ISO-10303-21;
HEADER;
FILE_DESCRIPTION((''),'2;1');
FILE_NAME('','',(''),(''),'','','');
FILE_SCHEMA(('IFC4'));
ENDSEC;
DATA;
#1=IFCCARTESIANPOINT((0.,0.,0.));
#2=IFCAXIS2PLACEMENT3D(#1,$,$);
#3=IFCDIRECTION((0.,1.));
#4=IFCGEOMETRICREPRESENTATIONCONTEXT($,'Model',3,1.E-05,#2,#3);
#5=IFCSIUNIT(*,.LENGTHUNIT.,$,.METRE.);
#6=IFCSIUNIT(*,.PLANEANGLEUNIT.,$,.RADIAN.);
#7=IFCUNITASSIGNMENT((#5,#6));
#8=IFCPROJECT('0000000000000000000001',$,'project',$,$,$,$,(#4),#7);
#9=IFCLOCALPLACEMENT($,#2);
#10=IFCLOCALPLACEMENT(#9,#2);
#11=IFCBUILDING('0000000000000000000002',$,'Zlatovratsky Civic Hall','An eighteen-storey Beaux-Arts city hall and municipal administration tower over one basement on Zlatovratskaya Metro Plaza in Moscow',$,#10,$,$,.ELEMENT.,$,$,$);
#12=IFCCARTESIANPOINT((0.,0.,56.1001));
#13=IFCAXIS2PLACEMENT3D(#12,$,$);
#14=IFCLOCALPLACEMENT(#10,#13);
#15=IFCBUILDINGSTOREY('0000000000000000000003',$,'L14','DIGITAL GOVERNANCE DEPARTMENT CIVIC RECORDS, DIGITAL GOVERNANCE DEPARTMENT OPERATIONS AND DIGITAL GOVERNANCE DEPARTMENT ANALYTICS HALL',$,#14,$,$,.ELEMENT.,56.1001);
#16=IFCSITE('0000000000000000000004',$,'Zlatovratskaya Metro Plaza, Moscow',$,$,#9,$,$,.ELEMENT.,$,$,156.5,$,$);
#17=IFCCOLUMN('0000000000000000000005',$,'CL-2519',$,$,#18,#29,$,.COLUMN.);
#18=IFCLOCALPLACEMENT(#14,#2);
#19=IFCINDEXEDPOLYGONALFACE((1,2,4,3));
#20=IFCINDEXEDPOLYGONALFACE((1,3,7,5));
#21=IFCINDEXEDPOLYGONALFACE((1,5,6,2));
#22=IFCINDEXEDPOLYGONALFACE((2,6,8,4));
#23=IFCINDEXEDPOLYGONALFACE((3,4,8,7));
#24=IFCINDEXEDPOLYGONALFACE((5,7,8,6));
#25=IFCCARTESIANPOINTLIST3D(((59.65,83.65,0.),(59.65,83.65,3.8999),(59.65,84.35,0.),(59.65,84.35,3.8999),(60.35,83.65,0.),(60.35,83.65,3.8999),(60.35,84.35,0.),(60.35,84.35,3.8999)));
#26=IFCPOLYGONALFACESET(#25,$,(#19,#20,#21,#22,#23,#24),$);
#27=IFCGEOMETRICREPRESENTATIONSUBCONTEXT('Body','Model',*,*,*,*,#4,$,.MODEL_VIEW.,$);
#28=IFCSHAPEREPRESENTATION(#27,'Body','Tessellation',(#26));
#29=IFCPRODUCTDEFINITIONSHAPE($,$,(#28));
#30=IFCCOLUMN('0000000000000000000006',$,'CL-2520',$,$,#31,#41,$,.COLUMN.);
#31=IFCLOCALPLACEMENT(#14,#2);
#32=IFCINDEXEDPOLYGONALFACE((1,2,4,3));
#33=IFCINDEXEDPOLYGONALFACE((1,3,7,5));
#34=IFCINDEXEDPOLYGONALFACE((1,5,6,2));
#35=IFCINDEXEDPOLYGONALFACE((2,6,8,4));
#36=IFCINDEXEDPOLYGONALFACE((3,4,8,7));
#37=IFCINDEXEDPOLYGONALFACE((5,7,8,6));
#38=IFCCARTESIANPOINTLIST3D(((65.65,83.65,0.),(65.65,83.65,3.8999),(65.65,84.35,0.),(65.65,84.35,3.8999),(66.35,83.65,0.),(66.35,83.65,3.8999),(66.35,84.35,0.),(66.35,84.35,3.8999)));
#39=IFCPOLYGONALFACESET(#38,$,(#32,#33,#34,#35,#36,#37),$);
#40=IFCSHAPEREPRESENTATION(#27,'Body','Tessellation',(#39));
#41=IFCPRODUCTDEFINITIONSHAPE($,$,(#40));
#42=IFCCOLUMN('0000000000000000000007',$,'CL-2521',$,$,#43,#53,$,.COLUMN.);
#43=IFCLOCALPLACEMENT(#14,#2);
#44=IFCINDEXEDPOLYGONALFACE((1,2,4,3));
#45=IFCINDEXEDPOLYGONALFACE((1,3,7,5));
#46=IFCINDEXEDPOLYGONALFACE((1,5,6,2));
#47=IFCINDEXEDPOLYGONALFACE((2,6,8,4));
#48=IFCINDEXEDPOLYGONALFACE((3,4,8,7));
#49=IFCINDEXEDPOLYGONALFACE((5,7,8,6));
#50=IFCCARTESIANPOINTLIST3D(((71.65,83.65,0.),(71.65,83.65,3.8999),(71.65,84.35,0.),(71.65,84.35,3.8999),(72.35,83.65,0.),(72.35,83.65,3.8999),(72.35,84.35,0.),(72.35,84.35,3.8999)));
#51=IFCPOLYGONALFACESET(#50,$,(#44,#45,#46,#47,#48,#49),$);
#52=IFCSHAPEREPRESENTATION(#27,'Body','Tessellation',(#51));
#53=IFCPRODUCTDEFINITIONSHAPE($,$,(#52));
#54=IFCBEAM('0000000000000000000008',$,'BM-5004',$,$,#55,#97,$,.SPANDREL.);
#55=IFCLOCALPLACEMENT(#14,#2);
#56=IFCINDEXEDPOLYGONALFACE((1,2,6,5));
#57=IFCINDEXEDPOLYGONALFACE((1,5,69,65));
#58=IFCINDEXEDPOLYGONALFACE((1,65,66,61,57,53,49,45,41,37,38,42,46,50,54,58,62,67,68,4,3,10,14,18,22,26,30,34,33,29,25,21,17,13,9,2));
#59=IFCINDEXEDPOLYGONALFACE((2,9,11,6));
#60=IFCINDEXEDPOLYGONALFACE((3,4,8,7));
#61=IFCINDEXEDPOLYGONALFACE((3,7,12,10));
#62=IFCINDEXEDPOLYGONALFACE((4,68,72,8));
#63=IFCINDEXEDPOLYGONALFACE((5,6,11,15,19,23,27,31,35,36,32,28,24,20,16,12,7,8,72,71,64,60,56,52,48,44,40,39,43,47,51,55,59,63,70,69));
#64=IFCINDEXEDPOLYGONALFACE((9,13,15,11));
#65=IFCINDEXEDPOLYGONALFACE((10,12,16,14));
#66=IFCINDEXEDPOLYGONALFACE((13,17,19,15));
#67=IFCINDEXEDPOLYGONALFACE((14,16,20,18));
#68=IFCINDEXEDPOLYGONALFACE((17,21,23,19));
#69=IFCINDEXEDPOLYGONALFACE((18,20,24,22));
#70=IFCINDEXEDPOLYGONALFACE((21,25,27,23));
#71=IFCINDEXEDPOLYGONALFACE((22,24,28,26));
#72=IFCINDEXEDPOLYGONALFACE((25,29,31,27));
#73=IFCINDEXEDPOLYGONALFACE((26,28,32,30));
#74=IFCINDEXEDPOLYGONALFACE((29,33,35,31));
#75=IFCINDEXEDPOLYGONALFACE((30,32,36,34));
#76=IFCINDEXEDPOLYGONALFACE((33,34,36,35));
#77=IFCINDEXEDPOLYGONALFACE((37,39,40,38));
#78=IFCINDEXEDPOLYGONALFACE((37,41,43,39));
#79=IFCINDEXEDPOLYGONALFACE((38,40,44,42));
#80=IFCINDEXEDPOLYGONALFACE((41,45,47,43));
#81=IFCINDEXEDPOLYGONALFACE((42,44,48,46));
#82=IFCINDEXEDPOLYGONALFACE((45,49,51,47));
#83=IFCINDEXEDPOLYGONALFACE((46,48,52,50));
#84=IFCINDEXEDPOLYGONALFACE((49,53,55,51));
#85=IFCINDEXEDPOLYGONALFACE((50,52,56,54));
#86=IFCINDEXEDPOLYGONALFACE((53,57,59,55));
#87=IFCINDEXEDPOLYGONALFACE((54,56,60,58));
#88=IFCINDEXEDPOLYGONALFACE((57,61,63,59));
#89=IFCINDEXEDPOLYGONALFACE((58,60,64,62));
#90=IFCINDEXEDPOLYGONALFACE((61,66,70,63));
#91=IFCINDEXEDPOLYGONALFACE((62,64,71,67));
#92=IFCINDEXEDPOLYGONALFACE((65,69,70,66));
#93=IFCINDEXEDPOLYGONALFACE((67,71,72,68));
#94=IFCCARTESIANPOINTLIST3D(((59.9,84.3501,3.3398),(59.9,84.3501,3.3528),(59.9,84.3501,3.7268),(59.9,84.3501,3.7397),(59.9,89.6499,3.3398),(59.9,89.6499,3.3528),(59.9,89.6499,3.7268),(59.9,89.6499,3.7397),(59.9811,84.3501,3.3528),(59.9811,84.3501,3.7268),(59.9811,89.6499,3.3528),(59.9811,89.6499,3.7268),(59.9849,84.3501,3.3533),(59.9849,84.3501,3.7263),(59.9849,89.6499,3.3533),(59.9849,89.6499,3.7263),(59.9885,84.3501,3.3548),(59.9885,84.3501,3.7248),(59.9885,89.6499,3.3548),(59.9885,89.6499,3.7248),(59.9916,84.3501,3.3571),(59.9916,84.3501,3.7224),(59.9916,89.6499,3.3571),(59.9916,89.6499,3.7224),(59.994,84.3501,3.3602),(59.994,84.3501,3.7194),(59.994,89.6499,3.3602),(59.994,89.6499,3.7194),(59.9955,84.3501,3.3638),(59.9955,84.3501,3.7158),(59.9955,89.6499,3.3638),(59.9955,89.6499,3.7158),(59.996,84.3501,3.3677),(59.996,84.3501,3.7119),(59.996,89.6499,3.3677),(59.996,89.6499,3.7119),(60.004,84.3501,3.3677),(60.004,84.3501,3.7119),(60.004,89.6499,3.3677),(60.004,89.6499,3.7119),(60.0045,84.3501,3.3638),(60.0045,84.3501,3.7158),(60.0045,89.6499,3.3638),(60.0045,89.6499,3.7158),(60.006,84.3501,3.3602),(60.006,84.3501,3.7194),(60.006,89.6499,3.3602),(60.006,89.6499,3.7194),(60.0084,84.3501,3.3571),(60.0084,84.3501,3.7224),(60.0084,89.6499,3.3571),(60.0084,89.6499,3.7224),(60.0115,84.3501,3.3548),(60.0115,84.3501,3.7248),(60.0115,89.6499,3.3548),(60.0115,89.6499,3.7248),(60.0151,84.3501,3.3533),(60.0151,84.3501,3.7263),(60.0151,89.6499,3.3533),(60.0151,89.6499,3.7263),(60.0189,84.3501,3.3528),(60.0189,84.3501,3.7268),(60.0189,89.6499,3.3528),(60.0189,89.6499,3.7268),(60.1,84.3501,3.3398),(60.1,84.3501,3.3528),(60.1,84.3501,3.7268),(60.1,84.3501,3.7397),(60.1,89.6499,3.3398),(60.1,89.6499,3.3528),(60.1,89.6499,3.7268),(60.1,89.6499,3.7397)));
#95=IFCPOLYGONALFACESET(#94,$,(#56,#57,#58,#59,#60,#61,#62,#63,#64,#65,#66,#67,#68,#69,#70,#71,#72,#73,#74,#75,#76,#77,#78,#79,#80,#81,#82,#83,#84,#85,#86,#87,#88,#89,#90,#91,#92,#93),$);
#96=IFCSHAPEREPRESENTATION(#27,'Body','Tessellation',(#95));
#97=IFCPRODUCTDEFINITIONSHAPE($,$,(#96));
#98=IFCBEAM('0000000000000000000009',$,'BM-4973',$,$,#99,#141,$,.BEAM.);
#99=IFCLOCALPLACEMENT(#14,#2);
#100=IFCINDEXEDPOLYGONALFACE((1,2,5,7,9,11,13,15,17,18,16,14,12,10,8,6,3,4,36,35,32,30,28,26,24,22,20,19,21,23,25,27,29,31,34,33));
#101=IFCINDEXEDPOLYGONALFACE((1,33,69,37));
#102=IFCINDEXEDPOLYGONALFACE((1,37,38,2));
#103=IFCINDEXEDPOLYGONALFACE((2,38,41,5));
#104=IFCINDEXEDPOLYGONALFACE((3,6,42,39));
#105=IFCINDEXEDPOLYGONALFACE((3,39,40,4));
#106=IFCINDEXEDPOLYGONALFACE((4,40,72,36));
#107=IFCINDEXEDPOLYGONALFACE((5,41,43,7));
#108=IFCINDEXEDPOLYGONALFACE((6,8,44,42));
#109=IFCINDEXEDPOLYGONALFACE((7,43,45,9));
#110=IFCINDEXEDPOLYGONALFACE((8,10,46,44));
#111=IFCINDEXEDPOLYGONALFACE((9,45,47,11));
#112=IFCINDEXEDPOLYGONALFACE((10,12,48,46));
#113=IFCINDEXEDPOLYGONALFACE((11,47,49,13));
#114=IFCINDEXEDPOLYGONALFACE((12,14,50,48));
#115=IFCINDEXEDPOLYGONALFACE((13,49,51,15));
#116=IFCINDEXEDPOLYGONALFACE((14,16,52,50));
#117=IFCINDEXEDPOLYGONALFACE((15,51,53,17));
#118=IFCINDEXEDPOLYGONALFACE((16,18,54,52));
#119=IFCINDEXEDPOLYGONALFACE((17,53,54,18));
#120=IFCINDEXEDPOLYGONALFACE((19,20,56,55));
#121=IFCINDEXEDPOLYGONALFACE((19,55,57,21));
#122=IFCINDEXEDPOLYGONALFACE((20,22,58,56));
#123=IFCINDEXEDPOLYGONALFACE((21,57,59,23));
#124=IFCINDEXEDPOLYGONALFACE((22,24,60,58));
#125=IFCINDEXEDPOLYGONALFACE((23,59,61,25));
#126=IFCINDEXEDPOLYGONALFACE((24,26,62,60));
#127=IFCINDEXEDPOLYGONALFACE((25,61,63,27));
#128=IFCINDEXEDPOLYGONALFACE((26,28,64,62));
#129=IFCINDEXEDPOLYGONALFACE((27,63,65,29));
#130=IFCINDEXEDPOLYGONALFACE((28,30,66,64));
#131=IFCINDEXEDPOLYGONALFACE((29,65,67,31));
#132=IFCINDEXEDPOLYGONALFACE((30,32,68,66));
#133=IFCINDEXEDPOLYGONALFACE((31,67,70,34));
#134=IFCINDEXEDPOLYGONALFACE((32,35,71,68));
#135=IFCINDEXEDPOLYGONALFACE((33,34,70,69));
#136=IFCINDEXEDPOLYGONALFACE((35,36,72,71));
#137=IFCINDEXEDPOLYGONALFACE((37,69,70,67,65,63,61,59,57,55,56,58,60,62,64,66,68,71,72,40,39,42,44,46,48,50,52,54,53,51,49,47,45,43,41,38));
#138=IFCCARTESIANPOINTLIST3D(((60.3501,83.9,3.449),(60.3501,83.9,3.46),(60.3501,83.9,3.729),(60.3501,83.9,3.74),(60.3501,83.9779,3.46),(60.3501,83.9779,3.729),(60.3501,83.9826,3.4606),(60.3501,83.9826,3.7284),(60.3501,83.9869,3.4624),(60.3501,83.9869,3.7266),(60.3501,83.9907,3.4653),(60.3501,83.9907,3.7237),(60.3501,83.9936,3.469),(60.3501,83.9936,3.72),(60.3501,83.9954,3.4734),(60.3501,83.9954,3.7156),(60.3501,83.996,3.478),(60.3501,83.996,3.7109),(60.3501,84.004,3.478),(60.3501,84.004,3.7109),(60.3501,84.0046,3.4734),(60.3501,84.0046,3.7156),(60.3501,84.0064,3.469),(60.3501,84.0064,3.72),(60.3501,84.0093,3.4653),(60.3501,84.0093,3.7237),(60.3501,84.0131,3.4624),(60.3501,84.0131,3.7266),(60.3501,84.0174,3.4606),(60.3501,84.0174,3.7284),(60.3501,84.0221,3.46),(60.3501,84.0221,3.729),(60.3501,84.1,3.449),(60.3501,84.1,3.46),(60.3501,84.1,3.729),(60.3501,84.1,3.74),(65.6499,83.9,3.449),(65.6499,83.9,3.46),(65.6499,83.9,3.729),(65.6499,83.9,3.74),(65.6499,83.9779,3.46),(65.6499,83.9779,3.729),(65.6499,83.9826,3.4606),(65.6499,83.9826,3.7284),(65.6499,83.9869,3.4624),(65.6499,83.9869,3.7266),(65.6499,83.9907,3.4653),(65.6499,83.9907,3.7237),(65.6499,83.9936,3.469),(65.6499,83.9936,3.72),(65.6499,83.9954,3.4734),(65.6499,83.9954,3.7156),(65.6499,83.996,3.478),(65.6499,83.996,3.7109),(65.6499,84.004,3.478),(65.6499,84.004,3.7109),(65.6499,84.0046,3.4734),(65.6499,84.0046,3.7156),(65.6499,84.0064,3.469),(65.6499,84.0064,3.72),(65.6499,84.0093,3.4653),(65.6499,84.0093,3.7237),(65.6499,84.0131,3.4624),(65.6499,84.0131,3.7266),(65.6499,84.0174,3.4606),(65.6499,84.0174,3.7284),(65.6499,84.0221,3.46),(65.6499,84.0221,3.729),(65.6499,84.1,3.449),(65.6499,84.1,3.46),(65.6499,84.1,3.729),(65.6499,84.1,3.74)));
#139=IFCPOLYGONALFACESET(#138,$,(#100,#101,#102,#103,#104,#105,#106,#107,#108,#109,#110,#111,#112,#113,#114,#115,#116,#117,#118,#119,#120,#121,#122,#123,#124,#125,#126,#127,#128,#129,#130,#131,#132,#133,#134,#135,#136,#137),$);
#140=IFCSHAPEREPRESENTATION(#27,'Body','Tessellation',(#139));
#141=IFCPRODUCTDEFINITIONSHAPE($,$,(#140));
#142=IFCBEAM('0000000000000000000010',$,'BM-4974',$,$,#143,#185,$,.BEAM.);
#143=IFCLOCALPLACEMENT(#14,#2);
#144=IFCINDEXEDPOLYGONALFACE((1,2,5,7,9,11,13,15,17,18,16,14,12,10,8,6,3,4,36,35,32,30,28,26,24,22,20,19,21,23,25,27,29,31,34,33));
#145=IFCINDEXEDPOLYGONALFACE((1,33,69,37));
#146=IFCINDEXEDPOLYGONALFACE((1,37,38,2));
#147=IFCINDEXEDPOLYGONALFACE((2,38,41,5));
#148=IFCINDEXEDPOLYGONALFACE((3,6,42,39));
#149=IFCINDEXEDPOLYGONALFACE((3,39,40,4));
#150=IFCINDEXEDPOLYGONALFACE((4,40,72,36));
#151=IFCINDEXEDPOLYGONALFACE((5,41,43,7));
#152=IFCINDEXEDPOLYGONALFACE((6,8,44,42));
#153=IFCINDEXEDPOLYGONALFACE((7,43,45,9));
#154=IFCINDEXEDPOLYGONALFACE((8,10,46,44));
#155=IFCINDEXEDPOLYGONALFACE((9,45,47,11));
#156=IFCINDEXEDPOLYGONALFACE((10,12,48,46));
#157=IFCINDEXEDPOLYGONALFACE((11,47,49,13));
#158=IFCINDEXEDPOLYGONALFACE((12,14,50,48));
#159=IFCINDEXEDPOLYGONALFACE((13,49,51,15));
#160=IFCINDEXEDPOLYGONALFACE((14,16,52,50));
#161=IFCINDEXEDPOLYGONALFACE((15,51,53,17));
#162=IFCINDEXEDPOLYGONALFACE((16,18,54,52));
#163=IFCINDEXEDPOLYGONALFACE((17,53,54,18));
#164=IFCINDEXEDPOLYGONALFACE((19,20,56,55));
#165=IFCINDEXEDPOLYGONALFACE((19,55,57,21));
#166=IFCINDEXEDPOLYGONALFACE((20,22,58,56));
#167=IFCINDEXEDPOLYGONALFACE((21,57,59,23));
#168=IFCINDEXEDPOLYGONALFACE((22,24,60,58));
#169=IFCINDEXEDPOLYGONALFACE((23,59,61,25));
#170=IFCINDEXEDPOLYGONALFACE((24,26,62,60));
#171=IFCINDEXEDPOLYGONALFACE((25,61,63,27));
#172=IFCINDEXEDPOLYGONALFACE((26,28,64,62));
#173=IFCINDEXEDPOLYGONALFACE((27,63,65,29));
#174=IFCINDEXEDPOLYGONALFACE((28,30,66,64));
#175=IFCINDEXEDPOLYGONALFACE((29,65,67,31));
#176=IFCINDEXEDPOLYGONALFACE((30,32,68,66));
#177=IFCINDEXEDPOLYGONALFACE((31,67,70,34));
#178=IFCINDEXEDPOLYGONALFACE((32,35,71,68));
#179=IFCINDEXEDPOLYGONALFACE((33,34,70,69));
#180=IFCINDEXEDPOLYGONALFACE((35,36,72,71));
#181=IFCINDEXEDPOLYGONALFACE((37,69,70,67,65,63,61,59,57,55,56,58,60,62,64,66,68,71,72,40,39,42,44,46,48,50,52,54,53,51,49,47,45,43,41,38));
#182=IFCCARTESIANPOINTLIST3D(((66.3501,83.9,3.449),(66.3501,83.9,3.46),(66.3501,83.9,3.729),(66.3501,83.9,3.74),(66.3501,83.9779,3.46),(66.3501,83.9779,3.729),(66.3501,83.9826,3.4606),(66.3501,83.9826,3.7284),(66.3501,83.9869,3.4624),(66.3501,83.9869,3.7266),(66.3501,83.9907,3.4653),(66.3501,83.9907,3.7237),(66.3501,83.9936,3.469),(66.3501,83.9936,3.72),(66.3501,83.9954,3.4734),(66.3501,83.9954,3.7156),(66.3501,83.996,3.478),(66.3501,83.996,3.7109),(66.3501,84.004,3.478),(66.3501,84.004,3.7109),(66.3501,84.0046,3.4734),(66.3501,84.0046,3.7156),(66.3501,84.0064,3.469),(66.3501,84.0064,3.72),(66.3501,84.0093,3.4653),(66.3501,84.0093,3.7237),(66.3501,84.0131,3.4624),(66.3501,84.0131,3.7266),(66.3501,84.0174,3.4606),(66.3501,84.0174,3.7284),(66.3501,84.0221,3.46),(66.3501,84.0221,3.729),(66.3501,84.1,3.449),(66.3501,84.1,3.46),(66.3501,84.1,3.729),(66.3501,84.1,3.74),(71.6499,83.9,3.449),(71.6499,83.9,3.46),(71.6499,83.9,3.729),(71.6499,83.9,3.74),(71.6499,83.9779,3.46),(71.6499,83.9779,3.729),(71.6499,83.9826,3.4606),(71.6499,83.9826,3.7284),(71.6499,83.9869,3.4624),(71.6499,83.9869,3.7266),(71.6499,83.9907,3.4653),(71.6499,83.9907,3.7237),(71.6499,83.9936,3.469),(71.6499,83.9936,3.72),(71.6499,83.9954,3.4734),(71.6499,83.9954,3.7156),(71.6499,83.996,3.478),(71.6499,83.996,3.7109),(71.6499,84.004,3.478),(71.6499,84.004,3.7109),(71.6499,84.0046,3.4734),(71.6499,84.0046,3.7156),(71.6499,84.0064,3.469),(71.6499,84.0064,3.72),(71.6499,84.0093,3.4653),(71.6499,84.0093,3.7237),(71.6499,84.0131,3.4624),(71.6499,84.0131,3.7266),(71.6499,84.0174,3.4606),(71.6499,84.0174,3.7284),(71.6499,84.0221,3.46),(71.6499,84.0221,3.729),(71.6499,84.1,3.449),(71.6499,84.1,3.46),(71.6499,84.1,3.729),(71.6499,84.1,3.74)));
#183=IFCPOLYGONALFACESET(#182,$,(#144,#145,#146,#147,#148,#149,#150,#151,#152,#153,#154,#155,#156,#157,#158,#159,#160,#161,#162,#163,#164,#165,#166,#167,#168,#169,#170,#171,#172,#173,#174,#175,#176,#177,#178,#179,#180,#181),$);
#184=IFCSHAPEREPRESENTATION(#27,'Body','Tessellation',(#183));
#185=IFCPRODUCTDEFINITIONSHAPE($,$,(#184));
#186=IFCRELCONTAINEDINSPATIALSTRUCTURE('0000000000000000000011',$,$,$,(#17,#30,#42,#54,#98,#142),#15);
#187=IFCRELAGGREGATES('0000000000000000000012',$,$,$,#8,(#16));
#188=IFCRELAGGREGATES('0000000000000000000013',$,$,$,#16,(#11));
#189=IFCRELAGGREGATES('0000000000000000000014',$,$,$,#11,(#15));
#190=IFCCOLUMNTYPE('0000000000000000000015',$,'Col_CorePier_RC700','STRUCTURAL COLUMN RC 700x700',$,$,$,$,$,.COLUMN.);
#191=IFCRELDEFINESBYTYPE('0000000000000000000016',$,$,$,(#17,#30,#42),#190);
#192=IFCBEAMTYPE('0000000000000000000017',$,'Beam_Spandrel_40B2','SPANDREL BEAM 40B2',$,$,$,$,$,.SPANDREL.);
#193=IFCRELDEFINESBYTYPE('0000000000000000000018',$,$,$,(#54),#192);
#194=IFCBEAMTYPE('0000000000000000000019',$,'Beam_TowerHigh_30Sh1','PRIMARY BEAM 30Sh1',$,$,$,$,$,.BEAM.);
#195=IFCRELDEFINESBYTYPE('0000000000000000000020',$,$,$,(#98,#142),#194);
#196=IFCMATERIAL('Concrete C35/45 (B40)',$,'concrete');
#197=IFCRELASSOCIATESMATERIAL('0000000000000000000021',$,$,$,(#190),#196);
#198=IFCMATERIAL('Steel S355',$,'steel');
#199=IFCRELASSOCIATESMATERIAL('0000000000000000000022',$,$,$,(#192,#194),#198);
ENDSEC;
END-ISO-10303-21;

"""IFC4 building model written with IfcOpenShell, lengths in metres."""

from ifc_helpers import new_model, si_unit, direction, frame, origin, origin_2d, place, context, subcontext, project, spatial, rectangle, i_section, extrude, material, material_profile, profile_set, type_object, element, save


model = new_model("IFC4")

# Units and contexts
model_context = context("Model", 3, precision=1e-05, world=origin(), true_north=direction((0.0, 1.0)))
body_context = subcontext(model_context, "Body", "Model", "MODEL_VIEW")
ifc_project = project(units=[si_unit("LENGTHUNIT", "METRE"), si_unit("PLANEANGLEUNIT", "RADIAN")], contexts=[model_context])

# Site, building, storey
site_placement = place(None, origin())
site = spatial("IfcSite", under=ifc_project, at=site_placement, Name="Zlatovratskaya Metro Plaza, Moscow", CompositionType="ELEMENT", RefElevation=156.5)
building_placement = place(site_placement, origin())
building = spatial("IfcBuilding", under=site, at=building_placement, Name="Zlatovratsky Civic Hall", Description="An eighteen-storey Beaux-Arts city hall and municipal administration tower over one basement on Zlatovratskaya Metro Plaza in Moscow", CompositionType="ELEMENT")
storey_placement = place(building_placement, frame((0.0, 0.0, 56.1001)))
storey = spatial("IfcBuildingStorey", under=building, at=storey_placement, Name="L14", Description="DIGITAL GOVERNANCE DEPARTMENT CIVIC RECORDS, DIGITAL GOVERNANCE DEPARTMENT OPERATIONS AND DIGITAL GOVERNANCE DEPARTMENT ANALYTICS HALL", CompositionType="ELEMENT", Elevation=56.1001)

# Columns
ifc_material_1 = material(Name="Concrete C35/45 (B40)", Category="concrete")
ifc_material_profile_1 = material_profile(ifc_material_1, rectangle(XDim=0.7, YDim=0.7, at=origin_2d()), Name="RC 700x700")
ifc_profile_set_1 = profile_set([ifc_material_profile_1], Name="Concrete C35/45 (B40)")
column_type = type_object("IfcColumnType", Name="Col_CorePier_RC700", Description="STRUCTURAL COLUMN RC 700x700", PredefinedType="COLUMN", material=ifc_profile_set_1)
for number, where, z_axis, x_axis, name in (
    (1, (60.0, 84.0, 0.0), (0.0, 0.0, 1.0), (1.0, 0.0, 0.0), "CL-2519"),
    (2, (66.0, 84.0, 0.0), (0.0, 0.0, 1.0), (1.0, 0.0, 0.0), "CL-2520"),
    (3, (72.0, 84.0, 0.0), (0.0, 0.0, 1.0), (1.0, 0.0, 0.0), "CL-2521"),
):
    element("IfcColumn", number, at=place(storey_placement, frame(where, z_axis=z_axis, x_axis=x_axis)), inside=storey, type_object=column_type, Name=name, PredefinedType="COLUMN", context=body_context, shape_type="SweptSolid", body=[
        extrude(rectangle(XDim=0.7, YDim=0.7, at=origin_2d()), origin(), (0.0, 0.0, 1.0), 3.8999),
    ])

# Beams
ifc_material_2 = material(Name="Steel S355", Category="steel")
ifc_material_profile_2 = material_profile(ifc_material_2, i_section(OverallWidth=0.2, OverallDepth=0.3999, WebThickness=0.0081, FlangeThickness=0.0129, FilletRadius=0.0149, at=origin_2d()), Name="40B2")
ifc_profile_set_2 = profile_set([ifc_material_profile_2], Name="Steel S355")
beam_type_1 = type_object("IfcBeamType", Name="Beam_Spandrel_40B2", Description="SPANDREL BEAM 40B2", PredefinedType="SPANDREL", material=ifc_profile_set_2)
beam_placement = place(storey_placement, frame((60.0, 84.3501, 3.5398), z_axis=(0.0, 1.0, 0.0), x_axis=(-1.0, 0.0, 0.0)))
element("IfcBeam", 4, at=beam_placement, inside=storey, type_object=beam_type_1, Name="BM-5004", PredefinedType="SPANDREL", context=body_context, shape_type="SweptSolid", body=[
    extrude(i_section(OverallWidth=0.2, OverallDepth=0.3999, WebThickness=0.0081, FlangeThickness=0.0129, FilletRadius=0.0149, at=origin_2d()), origin(), (0.0, 0.0, 1.0), 5.2998),
])
ifc_material_profile_3 = material_profile(ifc_material_2, i_section(OverallWidth=0.2, OverallDepth=0.291, WebThickness=0.0081, FlangeThickness=0.011, FilletRadius=0.0181, at=origin_2d()), Name="30Sh1")
ifc_profile_set_3 = profile_set([ifc_material_profile_3], Name="Steel S355")
beam_type_2 = type_object("IfcBeamType", Name="Beam_TowerHigh_30Sh1", Description="PRIMARY BEAM 30Sh1", PredefinedType="BEAM", material=ifc_profile_set_3)
for number, where, z_axis, x_axis, name in (
    (5, (60.3501, 84.0, 3.5945), (1.0, 0.0, 0.0), (0.0, 1.0, 0.0), "BM-4973"),
    (6, (66.3501, 84.0, 3.5945), (1.0, 0.0, 0.0), (0.0, 1.0, 0.0), "BM-4974"),
):
    element("IfcBeam", number, at=place(storey_placement, frame(where, z_axis=z_axis, x_axis=x_axis)), inside=storey, type_object=beam_type_2, Name=name, PredefinedType="BEAM", context=body_context, shape_type="SweptSolid", body=[
        extrude(i_section(OverallWidth=0.2, OverallDepth=0.291, WebThickness=0.0081, FlangeThickness=0.011, FilletRadius=0.0181, at=origin_2d()), origin(), (0.0, 0.0, 1.0), 5.2998),
    ])

save(model, "model.ifc")
